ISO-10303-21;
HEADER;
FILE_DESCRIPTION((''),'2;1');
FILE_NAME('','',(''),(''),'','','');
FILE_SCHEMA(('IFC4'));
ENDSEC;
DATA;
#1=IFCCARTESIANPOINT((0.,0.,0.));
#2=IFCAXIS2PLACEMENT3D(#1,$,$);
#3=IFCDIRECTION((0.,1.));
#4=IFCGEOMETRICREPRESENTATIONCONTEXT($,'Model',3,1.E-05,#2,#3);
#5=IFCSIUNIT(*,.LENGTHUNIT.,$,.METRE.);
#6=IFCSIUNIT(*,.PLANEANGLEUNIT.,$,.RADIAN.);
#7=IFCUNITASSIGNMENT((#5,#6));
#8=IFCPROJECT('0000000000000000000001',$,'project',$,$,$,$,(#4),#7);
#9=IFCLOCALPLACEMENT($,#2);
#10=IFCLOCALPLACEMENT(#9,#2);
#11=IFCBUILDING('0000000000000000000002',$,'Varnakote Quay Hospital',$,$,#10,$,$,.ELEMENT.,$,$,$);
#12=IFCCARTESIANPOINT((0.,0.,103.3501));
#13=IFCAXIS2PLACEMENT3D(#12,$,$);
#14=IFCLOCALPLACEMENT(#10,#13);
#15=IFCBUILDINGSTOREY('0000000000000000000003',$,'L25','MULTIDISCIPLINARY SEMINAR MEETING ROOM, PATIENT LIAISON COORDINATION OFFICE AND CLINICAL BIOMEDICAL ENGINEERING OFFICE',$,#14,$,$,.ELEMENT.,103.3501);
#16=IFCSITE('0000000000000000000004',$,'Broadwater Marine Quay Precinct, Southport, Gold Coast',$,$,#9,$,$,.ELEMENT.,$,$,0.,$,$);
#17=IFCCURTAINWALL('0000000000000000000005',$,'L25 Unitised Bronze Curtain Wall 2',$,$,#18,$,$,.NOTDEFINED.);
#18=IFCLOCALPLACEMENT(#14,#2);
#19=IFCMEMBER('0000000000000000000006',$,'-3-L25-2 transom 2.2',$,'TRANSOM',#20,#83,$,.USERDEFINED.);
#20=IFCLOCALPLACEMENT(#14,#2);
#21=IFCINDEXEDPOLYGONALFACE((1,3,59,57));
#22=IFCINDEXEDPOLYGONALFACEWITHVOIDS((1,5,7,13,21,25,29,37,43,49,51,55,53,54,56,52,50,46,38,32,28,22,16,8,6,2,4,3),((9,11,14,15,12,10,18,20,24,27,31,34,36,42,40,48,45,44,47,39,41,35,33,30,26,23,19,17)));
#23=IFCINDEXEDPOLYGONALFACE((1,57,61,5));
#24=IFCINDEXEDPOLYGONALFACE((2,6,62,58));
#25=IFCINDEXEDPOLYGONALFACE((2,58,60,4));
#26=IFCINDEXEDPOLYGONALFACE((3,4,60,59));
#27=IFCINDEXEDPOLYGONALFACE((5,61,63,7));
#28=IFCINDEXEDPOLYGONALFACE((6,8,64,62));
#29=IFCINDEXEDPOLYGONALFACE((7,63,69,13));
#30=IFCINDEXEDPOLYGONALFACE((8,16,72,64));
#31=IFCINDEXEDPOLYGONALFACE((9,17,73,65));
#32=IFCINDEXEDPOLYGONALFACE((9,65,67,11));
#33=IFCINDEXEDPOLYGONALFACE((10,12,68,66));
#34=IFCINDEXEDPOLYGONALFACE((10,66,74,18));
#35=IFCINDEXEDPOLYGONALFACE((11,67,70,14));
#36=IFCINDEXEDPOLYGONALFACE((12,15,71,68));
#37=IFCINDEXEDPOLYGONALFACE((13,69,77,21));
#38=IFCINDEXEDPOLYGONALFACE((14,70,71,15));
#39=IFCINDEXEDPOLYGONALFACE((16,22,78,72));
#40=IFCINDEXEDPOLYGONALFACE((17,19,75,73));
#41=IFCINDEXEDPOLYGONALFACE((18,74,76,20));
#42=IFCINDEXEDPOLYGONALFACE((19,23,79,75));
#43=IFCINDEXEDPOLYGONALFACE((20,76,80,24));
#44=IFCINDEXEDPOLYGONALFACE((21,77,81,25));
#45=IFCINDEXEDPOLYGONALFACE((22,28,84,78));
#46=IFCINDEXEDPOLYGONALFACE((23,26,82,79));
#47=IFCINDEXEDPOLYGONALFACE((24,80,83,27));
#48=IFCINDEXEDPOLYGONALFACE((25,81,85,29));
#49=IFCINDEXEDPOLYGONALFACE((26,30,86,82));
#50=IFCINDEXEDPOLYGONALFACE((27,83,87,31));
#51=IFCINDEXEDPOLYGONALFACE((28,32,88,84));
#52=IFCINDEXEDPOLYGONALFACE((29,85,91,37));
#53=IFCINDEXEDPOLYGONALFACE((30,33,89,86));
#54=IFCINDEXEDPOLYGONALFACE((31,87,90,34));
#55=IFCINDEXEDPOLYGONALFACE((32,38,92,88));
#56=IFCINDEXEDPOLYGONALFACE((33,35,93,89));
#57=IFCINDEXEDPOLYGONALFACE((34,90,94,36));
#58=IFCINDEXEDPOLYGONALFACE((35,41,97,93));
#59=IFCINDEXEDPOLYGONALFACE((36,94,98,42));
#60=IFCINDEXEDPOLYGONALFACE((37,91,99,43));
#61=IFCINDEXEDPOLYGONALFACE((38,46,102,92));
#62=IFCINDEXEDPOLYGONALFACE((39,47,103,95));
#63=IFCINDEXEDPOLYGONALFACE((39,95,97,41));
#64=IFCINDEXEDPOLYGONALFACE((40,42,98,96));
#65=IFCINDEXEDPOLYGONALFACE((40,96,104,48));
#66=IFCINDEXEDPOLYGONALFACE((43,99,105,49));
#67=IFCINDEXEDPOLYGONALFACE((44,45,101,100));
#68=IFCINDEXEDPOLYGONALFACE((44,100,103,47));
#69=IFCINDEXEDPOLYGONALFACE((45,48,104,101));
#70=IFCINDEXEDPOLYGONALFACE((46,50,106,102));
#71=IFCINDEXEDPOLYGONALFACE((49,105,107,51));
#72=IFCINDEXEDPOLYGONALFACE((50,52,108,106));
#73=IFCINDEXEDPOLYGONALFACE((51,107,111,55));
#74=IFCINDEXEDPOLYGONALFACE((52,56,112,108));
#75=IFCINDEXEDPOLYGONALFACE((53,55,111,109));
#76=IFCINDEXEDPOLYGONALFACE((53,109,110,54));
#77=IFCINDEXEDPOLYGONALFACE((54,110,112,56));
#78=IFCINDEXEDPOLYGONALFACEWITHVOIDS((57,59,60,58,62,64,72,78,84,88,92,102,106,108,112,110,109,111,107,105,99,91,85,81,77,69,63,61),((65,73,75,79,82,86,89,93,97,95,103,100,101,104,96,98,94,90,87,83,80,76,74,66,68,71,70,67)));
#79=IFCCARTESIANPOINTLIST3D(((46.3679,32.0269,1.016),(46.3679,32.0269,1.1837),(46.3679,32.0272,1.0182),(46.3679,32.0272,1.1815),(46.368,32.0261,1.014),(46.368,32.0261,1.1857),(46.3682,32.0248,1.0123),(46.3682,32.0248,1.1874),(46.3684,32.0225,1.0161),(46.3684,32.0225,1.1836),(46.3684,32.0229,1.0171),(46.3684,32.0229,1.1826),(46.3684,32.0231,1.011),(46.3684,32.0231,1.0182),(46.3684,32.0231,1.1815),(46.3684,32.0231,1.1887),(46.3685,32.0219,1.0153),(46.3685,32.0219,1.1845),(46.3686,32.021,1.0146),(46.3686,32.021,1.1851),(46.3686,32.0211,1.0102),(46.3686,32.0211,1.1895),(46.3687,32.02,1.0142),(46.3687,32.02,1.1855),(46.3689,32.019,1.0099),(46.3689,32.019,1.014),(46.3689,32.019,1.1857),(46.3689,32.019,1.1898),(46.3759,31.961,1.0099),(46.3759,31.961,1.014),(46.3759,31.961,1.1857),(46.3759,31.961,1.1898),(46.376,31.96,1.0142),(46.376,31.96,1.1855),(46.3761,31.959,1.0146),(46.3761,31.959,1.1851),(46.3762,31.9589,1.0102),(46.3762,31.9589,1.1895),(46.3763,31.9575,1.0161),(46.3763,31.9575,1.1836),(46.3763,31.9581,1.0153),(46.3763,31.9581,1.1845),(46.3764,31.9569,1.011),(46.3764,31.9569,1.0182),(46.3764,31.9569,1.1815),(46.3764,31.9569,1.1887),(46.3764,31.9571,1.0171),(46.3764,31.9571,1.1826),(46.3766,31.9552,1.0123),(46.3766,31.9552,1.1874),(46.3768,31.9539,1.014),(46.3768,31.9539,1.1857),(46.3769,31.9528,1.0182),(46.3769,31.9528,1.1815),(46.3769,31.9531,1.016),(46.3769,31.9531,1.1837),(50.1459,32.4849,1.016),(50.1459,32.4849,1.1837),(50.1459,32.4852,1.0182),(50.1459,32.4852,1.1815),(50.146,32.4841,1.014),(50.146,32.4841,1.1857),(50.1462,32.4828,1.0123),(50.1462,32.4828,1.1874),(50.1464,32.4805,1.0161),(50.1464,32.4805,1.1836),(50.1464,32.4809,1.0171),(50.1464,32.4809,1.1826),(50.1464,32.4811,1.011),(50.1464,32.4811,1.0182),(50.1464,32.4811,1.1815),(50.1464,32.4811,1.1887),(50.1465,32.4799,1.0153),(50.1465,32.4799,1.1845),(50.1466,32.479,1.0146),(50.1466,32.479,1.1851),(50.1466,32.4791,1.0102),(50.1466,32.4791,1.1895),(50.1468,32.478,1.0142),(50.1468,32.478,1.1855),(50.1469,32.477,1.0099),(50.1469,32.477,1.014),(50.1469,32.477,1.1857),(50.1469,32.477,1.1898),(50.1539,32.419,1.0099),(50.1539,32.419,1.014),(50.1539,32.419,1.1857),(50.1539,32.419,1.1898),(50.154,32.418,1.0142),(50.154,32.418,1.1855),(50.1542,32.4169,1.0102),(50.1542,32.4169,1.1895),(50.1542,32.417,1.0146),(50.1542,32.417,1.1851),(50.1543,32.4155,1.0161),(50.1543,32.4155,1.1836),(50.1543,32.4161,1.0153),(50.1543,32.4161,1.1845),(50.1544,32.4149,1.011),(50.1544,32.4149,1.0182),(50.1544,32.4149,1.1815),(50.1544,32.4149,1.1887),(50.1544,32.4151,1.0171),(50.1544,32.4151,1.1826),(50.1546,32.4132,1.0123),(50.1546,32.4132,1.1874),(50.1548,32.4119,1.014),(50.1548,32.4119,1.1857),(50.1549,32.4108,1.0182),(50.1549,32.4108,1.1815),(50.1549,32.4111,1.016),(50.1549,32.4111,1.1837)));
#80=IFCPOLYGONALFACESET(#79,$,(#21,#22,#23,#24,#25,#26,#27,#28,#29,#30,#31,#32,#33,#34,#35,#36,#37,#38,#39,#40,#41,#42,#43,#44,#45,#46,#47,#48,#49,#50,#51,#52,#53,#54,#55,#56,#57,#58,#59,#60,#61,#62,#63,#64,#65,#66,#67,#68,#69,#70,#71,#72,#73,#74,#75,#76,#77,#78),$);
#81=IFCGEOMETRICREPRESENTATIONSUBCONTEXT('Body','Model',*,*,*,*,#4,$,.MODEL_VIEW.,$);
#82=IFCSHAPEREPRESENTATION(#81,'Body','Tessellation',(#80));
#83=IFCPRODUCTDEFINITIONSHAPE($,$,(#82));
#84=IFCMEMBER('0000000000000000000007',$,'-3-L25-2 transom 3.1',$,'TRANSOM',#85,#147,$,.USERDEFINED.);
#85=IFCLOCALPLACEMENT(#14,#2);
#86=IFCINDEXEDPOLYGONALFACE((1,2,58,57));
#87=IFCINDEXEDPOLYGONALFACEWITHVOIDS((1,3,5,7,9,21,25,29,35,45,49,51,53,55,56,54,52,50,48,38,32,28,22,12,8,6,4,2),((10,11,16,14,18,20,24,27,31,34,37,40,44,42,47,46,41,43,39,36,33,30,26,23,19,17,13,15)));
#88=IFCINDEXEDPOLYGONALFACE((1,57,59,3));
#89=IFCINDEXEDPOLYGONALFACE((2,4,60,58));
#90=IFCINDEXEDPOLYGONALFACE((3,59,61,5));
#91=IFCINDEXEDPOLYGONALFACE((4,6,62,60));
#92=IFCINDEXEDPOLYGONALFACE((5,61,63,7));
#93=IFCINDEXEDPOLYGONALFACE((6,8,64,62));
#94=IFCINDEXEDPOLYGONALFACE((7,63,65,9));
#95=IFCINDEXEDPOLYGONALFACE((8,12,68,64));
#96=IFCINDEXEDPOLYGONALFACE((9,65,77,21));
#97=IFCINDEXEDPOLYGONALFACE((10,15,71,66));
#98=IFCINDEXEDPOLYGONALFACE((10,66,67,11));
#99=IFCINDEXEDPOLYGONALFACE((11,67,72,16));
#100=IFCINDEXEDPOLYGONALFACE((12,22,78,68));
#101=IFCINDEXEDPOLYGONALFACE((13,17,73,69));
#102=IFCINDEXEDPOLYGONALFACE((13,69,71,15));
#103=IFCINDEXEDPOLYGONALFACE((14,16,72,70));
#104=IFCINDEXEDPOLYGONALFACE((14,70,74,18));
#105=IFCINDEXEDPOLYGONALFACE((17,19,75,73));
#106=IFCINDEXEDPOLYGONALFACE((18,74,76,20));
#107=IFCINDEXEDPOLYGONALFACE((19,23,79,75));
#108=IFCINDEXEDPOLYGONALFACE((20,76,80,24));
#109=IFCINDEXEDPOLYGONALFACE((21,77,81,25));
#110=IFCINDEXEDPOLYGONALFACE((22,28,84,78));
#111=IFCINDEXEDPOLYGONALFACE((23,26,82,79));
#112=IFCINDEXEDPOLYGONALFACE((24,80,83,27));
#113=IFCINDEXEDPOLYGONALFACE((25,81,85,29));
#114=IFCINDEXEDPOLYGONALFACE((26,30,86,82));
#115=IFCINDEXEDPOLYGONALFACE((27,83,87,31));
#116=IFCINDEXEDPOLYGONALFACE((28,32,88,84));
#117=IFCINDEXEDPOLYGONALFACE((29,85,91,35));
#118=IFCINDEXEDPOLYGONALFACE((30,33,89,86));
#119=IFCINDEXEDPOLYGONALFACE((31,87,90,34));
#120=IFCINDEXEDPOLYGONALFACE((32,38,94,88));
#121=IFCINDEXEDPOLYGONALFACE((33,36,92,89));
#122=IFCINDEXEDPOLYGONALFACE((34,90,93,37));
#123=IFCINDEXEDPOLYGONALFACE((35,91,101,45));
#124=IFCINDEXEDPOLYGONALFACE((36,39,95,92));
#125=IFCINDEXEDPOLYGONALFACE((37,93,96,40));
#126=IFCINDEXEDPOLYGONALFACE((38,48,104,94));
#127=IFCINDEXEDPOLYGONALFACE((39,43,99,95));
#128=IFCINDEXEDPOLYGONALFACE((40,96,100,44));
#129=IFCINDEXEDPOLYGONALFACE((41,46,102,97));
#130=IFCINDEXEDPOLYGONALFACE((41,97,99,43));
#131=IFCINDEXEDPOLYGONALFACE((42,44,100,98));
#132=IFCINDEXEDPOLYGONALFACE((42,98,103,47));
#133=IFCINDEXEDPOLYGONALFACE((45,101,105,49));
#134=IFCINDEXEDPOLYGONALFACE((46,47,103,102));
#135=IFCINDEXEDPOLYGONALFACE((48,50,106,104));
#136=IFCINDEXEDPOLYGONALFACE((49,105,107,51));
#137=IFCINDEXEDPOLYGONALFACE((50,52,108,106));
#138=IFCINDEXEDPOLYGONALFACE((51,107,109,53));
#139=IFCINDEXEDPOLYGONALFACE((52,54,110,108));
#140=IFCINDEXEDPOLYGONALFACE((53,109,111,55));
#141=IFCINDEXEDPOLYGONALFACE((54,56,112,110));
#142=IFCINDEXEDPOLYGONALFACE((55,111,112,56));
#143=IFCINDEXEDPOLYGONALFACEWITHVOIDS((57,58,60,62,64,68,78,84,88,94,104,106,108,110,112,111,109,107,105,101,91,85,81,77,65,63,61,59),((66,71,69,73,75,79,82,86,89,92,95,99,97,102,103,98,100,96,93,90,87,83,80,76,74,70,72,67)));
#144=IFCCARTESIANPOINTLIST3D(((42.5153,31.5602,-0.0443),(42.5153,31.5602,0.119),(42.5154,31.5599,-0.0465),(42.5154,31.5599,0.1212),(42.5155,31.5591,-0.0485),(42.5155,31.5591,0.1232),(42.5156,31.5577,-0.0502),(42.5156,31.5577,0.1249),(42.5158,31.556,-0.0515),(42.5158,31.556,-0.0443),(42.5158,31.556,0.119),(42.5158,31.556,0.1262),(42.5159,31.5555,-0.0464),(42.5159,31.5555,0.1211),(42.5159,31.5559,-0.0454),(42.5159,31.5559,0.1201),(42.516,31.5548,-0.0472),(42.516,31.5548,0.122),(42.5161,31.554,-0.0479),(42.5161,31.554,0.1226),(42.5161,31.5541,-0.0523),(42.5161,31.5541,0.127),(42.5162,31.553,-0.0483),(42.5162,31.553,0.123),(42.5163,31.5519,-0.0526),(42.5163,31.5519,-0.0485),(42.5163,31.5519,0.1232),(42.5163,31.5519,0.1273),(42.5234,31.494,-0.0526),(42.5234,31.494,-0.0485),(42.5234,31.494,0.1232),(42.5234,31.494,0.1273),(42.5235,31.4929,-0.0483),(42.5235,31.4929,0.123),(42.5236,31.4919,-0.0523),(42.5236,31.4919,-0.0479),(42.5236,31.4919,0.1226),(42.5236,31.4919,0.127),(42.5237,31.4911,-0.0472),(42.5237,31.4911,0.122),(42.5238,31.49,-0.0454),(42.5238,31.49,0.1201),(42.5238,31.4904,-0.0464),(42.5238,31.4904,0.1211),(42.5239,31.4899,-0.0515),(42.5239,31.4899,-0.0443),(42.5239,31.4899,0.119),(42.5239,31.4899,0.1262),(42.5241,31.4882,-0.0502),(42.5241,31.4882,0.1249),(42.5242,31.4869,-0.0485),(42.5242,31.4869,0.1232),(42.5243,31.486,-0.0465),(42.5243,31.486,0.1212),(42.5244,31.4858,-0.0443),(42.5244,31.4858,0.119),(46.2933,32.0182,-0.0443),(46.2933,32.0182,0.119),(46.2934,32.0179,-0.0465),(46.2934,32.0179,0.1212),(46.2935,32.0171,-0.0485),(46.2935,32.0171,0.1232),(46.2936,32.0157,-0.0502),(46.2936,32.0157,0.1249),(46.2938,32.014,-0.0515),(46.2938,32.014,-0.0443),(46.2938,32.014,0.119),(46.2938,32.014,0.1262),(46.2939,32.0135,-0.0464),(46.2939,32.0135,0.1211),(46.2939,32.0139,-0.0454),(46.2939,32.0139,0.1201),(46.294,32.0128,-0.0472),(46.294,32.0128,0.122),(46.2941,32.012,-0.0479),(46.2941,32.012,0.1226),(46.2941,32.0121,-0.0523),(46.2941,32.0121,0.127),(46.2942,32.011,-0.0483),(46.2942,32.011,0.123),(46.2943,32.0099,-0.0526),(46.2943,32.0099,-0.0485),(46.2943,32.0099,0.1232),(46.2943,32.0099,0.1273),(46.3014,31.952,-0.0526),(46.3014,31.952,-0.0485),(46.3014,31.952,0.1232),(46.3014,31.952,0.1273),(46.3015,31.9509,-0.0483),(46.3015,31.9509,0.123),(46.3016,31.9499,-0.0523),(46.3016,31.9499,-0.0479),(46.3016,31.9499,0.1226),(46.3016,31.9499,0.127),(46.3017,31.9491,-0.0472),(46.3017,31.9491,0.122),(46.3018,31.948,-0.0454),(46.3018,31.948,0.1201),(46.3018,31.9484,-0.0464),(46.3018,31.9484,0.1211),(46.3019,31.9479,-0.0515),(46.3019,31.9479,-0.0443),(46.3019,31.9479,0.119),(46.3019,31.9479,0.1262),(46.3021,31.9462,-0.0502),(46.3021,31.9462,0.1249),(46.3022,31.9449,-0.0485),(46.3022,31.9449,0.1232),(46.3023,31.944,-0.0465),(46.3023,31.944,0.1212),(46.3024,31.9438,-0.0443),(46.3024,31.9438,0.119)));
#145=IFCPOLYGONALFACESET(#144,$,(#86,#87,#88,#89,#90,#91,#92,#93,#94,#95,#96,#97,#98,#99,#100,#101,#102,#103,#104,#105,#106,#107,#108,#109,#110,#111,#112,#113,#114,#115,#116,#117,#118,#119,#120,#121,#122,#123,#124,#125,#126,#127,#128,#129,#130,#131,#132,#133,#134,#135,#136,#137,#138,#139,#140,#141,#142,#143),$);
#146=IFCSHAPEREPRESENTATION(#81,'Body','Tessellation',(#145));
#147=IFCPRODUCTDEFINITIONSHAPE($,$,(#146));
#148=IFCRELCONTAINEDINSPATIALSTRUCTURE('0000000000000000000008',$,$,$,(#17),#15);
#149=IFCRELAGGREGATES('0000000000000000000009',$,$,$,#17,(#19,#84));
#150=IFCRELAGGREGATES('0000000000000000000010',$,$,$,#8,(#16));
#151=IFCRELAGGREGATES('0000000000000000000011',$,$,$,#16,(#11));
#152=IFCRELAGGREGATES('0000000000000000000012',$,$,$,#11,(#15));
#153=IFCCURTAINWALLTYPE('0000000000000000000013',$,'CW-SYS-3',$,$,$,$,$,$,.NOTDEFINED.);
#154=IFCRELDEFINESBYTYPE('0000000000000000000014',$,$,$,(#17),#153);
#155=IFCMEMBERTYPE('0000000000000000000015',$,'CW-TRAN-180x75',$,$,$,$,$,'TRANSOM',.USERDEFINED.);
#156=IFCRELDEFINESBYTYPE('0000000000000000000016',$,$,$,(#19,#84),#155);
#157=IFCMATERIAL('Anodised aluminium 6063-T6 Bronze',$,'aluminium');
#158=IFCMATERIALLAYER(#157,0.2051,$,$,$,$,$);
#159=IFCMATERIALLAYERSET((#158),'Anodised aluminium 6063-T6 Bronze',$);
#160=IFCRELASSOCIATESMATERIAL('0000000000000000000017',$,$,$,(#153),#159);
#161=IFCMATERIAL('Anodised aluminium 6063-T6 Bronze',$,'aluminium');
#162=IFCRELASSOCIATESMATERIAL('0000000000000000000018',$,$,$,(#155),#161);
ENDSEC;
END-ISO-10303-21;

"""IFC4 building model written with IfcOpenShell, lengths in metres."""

from ifc_helpers import new_model, si_unit, direction, frame, origin, origin_2d, place, context, subcontext, project, spatial, hollow_rectangle, extrude, material, layer, layer_set, material_profile, profile_set, type_object, element, aggregate, save


model = new_model("IFC4")

# Units and contexts
model_context = context("Model", 3, precision=1e-05, world=origin(), true_north=direction((0.0, 1.0)))
body_context = subcontext(model_context, "Body", "Model", "MODEL_VIEW")
ifc_project = project(units=[si_unit("LENGTHUNIT", "METRE"), si_unit("PLANEANGLEUNIT", "RADIAN")], contexts=[model_context])

# Site, building, storey
site_placement = place(None, origin())
site = spatial("IfcSite", under=ifc_project, at=site_placement, Name="Broadwater Marine Quay Precinct, Southport, Gold Coast", CompositionType="ELEMENT", RefElevation=0.0)
building_placement = place(site_placement, origin())
building = spatial("IfcBuilding", under=site, at=building_placement, Name="Varnakote Quay Hospital", CompositionType="ELEMENT")
storey_placement = place(building_placement, frame((0.0, 0.0, 103.3501)))
storey = spatial("IfcBuildingStorey", under=building, at=storey_placement, Name="L25", Description="MULTIDISCIPLINARY SEMINAR MEETING ROOM, PATIENT LIAISON COORDINATION OFFICE AND CLINICAL BIOMEDICAL ENGINEERING OFFICE", CompositionType="ELEMENT", Elevation=103.3501)

# Curtain wall, members
ifc_material_1 = material(Name="Anodised aluminium 6063-T6 Bronze", Category="aluminium")
ifc_layer_1 = layer(ifc_material_1, 0.2051)
ifc_layer_set_1 = layer_set([ifc_layer_1], Name="Anodised aluminium 6063-T6 Bronze")
curtain_wall_type = type_object("IfcCurtainWallType", Name="CW-SYS-3", PredefinedType="NOTDEFINED", material=ifc_layer_set_1)
curtain_wall_placement = place(storey_placement, origin())
curtain_wall = element("IfcCurtainWall", 1, at=curtain_wall_placement, inside=storey, type_object=curtain_wall_type, Name="L25 Unitised Bronze Curtain Wall 2", PredefinedType="NOTDEFINED")
ifc_material_2 = material(Name="Anodised aluminium 6063-T6 Bronze", Category="aluminium")
ifc_material_profile_1 = material_profile(ifc_material_2, hollow_rectangle(XDim=0.075, YDim=0.1799, WallThickness=0.0042, InnerFilletRadius=0.0042, OuterFilletRadius=0.0083, at=origin_2d()), Name="CW-TRAN-180x75")
ifc_profile_set_1 = profile_set([ifc_material_profile_1], Name="Anodised aluminium 6063-T6 Bronze")
member_type_1 = type_object("IfcMemberType", Name="CW-TRAN-180x75", ElementType="TRANSOM", PredefinedType="USERDEFINED", material=ifc_profile_set_1)
member_1_placement = place(storey_placement, frame((50.1504, 32.448, 1.0999), z_axis=(-0.992732, -0.120347, 0.0), x_axis=(0.120347, -0.992732, 0.0)))
member_1 = element("IfcMember", 2, at=member_1_placement, type_object=member_type_1, Name="-3-L25-2 transom 2.2", ObjectType="TRANSOM", PredefinedType="USERDEFINED", context=body_context, shape_type="SweptSolid", body=[
    extrude(hollow_rectangle(XDim=0.075, YDim=0.1799, WallThickness=0.0042, InnerFilletRadius=0.0042, OuterFilletRadius=0.0083, at=origin_2d()), origin(), (0.0, 0.0, 1.0), 3.8057),
])
member_2_placement = place(storey_placement, frame((46.2979, 31.981, 0.0374), z_axis=(-0.992732, -0.120347, 0.0), x_axis=(0.120347, -0.992732, 0.0)))
member_2 = element("IfcMember", 3, at=member_2_placement, type_object=member_type_1, Name="-3-L25-2 transom 3.1", ObjectType="TRANSOM", PredefinedType="USERDEFINED", context=body_context, shape_type="SweptSolid", body=[
    extrude(hollow_rectangle(XDim=0.075, YDim=0.1799, WallThickness=0.0042, InnerFilletRadius=0.0042, OuterFilletRadius=0.0083, at=origin_2d()), origin(), (0.0, 0.0, 1.0), 3.8057),
])

aggregate(curtain_wall, [member_1, member_2])

save(model, "model.ifc")
